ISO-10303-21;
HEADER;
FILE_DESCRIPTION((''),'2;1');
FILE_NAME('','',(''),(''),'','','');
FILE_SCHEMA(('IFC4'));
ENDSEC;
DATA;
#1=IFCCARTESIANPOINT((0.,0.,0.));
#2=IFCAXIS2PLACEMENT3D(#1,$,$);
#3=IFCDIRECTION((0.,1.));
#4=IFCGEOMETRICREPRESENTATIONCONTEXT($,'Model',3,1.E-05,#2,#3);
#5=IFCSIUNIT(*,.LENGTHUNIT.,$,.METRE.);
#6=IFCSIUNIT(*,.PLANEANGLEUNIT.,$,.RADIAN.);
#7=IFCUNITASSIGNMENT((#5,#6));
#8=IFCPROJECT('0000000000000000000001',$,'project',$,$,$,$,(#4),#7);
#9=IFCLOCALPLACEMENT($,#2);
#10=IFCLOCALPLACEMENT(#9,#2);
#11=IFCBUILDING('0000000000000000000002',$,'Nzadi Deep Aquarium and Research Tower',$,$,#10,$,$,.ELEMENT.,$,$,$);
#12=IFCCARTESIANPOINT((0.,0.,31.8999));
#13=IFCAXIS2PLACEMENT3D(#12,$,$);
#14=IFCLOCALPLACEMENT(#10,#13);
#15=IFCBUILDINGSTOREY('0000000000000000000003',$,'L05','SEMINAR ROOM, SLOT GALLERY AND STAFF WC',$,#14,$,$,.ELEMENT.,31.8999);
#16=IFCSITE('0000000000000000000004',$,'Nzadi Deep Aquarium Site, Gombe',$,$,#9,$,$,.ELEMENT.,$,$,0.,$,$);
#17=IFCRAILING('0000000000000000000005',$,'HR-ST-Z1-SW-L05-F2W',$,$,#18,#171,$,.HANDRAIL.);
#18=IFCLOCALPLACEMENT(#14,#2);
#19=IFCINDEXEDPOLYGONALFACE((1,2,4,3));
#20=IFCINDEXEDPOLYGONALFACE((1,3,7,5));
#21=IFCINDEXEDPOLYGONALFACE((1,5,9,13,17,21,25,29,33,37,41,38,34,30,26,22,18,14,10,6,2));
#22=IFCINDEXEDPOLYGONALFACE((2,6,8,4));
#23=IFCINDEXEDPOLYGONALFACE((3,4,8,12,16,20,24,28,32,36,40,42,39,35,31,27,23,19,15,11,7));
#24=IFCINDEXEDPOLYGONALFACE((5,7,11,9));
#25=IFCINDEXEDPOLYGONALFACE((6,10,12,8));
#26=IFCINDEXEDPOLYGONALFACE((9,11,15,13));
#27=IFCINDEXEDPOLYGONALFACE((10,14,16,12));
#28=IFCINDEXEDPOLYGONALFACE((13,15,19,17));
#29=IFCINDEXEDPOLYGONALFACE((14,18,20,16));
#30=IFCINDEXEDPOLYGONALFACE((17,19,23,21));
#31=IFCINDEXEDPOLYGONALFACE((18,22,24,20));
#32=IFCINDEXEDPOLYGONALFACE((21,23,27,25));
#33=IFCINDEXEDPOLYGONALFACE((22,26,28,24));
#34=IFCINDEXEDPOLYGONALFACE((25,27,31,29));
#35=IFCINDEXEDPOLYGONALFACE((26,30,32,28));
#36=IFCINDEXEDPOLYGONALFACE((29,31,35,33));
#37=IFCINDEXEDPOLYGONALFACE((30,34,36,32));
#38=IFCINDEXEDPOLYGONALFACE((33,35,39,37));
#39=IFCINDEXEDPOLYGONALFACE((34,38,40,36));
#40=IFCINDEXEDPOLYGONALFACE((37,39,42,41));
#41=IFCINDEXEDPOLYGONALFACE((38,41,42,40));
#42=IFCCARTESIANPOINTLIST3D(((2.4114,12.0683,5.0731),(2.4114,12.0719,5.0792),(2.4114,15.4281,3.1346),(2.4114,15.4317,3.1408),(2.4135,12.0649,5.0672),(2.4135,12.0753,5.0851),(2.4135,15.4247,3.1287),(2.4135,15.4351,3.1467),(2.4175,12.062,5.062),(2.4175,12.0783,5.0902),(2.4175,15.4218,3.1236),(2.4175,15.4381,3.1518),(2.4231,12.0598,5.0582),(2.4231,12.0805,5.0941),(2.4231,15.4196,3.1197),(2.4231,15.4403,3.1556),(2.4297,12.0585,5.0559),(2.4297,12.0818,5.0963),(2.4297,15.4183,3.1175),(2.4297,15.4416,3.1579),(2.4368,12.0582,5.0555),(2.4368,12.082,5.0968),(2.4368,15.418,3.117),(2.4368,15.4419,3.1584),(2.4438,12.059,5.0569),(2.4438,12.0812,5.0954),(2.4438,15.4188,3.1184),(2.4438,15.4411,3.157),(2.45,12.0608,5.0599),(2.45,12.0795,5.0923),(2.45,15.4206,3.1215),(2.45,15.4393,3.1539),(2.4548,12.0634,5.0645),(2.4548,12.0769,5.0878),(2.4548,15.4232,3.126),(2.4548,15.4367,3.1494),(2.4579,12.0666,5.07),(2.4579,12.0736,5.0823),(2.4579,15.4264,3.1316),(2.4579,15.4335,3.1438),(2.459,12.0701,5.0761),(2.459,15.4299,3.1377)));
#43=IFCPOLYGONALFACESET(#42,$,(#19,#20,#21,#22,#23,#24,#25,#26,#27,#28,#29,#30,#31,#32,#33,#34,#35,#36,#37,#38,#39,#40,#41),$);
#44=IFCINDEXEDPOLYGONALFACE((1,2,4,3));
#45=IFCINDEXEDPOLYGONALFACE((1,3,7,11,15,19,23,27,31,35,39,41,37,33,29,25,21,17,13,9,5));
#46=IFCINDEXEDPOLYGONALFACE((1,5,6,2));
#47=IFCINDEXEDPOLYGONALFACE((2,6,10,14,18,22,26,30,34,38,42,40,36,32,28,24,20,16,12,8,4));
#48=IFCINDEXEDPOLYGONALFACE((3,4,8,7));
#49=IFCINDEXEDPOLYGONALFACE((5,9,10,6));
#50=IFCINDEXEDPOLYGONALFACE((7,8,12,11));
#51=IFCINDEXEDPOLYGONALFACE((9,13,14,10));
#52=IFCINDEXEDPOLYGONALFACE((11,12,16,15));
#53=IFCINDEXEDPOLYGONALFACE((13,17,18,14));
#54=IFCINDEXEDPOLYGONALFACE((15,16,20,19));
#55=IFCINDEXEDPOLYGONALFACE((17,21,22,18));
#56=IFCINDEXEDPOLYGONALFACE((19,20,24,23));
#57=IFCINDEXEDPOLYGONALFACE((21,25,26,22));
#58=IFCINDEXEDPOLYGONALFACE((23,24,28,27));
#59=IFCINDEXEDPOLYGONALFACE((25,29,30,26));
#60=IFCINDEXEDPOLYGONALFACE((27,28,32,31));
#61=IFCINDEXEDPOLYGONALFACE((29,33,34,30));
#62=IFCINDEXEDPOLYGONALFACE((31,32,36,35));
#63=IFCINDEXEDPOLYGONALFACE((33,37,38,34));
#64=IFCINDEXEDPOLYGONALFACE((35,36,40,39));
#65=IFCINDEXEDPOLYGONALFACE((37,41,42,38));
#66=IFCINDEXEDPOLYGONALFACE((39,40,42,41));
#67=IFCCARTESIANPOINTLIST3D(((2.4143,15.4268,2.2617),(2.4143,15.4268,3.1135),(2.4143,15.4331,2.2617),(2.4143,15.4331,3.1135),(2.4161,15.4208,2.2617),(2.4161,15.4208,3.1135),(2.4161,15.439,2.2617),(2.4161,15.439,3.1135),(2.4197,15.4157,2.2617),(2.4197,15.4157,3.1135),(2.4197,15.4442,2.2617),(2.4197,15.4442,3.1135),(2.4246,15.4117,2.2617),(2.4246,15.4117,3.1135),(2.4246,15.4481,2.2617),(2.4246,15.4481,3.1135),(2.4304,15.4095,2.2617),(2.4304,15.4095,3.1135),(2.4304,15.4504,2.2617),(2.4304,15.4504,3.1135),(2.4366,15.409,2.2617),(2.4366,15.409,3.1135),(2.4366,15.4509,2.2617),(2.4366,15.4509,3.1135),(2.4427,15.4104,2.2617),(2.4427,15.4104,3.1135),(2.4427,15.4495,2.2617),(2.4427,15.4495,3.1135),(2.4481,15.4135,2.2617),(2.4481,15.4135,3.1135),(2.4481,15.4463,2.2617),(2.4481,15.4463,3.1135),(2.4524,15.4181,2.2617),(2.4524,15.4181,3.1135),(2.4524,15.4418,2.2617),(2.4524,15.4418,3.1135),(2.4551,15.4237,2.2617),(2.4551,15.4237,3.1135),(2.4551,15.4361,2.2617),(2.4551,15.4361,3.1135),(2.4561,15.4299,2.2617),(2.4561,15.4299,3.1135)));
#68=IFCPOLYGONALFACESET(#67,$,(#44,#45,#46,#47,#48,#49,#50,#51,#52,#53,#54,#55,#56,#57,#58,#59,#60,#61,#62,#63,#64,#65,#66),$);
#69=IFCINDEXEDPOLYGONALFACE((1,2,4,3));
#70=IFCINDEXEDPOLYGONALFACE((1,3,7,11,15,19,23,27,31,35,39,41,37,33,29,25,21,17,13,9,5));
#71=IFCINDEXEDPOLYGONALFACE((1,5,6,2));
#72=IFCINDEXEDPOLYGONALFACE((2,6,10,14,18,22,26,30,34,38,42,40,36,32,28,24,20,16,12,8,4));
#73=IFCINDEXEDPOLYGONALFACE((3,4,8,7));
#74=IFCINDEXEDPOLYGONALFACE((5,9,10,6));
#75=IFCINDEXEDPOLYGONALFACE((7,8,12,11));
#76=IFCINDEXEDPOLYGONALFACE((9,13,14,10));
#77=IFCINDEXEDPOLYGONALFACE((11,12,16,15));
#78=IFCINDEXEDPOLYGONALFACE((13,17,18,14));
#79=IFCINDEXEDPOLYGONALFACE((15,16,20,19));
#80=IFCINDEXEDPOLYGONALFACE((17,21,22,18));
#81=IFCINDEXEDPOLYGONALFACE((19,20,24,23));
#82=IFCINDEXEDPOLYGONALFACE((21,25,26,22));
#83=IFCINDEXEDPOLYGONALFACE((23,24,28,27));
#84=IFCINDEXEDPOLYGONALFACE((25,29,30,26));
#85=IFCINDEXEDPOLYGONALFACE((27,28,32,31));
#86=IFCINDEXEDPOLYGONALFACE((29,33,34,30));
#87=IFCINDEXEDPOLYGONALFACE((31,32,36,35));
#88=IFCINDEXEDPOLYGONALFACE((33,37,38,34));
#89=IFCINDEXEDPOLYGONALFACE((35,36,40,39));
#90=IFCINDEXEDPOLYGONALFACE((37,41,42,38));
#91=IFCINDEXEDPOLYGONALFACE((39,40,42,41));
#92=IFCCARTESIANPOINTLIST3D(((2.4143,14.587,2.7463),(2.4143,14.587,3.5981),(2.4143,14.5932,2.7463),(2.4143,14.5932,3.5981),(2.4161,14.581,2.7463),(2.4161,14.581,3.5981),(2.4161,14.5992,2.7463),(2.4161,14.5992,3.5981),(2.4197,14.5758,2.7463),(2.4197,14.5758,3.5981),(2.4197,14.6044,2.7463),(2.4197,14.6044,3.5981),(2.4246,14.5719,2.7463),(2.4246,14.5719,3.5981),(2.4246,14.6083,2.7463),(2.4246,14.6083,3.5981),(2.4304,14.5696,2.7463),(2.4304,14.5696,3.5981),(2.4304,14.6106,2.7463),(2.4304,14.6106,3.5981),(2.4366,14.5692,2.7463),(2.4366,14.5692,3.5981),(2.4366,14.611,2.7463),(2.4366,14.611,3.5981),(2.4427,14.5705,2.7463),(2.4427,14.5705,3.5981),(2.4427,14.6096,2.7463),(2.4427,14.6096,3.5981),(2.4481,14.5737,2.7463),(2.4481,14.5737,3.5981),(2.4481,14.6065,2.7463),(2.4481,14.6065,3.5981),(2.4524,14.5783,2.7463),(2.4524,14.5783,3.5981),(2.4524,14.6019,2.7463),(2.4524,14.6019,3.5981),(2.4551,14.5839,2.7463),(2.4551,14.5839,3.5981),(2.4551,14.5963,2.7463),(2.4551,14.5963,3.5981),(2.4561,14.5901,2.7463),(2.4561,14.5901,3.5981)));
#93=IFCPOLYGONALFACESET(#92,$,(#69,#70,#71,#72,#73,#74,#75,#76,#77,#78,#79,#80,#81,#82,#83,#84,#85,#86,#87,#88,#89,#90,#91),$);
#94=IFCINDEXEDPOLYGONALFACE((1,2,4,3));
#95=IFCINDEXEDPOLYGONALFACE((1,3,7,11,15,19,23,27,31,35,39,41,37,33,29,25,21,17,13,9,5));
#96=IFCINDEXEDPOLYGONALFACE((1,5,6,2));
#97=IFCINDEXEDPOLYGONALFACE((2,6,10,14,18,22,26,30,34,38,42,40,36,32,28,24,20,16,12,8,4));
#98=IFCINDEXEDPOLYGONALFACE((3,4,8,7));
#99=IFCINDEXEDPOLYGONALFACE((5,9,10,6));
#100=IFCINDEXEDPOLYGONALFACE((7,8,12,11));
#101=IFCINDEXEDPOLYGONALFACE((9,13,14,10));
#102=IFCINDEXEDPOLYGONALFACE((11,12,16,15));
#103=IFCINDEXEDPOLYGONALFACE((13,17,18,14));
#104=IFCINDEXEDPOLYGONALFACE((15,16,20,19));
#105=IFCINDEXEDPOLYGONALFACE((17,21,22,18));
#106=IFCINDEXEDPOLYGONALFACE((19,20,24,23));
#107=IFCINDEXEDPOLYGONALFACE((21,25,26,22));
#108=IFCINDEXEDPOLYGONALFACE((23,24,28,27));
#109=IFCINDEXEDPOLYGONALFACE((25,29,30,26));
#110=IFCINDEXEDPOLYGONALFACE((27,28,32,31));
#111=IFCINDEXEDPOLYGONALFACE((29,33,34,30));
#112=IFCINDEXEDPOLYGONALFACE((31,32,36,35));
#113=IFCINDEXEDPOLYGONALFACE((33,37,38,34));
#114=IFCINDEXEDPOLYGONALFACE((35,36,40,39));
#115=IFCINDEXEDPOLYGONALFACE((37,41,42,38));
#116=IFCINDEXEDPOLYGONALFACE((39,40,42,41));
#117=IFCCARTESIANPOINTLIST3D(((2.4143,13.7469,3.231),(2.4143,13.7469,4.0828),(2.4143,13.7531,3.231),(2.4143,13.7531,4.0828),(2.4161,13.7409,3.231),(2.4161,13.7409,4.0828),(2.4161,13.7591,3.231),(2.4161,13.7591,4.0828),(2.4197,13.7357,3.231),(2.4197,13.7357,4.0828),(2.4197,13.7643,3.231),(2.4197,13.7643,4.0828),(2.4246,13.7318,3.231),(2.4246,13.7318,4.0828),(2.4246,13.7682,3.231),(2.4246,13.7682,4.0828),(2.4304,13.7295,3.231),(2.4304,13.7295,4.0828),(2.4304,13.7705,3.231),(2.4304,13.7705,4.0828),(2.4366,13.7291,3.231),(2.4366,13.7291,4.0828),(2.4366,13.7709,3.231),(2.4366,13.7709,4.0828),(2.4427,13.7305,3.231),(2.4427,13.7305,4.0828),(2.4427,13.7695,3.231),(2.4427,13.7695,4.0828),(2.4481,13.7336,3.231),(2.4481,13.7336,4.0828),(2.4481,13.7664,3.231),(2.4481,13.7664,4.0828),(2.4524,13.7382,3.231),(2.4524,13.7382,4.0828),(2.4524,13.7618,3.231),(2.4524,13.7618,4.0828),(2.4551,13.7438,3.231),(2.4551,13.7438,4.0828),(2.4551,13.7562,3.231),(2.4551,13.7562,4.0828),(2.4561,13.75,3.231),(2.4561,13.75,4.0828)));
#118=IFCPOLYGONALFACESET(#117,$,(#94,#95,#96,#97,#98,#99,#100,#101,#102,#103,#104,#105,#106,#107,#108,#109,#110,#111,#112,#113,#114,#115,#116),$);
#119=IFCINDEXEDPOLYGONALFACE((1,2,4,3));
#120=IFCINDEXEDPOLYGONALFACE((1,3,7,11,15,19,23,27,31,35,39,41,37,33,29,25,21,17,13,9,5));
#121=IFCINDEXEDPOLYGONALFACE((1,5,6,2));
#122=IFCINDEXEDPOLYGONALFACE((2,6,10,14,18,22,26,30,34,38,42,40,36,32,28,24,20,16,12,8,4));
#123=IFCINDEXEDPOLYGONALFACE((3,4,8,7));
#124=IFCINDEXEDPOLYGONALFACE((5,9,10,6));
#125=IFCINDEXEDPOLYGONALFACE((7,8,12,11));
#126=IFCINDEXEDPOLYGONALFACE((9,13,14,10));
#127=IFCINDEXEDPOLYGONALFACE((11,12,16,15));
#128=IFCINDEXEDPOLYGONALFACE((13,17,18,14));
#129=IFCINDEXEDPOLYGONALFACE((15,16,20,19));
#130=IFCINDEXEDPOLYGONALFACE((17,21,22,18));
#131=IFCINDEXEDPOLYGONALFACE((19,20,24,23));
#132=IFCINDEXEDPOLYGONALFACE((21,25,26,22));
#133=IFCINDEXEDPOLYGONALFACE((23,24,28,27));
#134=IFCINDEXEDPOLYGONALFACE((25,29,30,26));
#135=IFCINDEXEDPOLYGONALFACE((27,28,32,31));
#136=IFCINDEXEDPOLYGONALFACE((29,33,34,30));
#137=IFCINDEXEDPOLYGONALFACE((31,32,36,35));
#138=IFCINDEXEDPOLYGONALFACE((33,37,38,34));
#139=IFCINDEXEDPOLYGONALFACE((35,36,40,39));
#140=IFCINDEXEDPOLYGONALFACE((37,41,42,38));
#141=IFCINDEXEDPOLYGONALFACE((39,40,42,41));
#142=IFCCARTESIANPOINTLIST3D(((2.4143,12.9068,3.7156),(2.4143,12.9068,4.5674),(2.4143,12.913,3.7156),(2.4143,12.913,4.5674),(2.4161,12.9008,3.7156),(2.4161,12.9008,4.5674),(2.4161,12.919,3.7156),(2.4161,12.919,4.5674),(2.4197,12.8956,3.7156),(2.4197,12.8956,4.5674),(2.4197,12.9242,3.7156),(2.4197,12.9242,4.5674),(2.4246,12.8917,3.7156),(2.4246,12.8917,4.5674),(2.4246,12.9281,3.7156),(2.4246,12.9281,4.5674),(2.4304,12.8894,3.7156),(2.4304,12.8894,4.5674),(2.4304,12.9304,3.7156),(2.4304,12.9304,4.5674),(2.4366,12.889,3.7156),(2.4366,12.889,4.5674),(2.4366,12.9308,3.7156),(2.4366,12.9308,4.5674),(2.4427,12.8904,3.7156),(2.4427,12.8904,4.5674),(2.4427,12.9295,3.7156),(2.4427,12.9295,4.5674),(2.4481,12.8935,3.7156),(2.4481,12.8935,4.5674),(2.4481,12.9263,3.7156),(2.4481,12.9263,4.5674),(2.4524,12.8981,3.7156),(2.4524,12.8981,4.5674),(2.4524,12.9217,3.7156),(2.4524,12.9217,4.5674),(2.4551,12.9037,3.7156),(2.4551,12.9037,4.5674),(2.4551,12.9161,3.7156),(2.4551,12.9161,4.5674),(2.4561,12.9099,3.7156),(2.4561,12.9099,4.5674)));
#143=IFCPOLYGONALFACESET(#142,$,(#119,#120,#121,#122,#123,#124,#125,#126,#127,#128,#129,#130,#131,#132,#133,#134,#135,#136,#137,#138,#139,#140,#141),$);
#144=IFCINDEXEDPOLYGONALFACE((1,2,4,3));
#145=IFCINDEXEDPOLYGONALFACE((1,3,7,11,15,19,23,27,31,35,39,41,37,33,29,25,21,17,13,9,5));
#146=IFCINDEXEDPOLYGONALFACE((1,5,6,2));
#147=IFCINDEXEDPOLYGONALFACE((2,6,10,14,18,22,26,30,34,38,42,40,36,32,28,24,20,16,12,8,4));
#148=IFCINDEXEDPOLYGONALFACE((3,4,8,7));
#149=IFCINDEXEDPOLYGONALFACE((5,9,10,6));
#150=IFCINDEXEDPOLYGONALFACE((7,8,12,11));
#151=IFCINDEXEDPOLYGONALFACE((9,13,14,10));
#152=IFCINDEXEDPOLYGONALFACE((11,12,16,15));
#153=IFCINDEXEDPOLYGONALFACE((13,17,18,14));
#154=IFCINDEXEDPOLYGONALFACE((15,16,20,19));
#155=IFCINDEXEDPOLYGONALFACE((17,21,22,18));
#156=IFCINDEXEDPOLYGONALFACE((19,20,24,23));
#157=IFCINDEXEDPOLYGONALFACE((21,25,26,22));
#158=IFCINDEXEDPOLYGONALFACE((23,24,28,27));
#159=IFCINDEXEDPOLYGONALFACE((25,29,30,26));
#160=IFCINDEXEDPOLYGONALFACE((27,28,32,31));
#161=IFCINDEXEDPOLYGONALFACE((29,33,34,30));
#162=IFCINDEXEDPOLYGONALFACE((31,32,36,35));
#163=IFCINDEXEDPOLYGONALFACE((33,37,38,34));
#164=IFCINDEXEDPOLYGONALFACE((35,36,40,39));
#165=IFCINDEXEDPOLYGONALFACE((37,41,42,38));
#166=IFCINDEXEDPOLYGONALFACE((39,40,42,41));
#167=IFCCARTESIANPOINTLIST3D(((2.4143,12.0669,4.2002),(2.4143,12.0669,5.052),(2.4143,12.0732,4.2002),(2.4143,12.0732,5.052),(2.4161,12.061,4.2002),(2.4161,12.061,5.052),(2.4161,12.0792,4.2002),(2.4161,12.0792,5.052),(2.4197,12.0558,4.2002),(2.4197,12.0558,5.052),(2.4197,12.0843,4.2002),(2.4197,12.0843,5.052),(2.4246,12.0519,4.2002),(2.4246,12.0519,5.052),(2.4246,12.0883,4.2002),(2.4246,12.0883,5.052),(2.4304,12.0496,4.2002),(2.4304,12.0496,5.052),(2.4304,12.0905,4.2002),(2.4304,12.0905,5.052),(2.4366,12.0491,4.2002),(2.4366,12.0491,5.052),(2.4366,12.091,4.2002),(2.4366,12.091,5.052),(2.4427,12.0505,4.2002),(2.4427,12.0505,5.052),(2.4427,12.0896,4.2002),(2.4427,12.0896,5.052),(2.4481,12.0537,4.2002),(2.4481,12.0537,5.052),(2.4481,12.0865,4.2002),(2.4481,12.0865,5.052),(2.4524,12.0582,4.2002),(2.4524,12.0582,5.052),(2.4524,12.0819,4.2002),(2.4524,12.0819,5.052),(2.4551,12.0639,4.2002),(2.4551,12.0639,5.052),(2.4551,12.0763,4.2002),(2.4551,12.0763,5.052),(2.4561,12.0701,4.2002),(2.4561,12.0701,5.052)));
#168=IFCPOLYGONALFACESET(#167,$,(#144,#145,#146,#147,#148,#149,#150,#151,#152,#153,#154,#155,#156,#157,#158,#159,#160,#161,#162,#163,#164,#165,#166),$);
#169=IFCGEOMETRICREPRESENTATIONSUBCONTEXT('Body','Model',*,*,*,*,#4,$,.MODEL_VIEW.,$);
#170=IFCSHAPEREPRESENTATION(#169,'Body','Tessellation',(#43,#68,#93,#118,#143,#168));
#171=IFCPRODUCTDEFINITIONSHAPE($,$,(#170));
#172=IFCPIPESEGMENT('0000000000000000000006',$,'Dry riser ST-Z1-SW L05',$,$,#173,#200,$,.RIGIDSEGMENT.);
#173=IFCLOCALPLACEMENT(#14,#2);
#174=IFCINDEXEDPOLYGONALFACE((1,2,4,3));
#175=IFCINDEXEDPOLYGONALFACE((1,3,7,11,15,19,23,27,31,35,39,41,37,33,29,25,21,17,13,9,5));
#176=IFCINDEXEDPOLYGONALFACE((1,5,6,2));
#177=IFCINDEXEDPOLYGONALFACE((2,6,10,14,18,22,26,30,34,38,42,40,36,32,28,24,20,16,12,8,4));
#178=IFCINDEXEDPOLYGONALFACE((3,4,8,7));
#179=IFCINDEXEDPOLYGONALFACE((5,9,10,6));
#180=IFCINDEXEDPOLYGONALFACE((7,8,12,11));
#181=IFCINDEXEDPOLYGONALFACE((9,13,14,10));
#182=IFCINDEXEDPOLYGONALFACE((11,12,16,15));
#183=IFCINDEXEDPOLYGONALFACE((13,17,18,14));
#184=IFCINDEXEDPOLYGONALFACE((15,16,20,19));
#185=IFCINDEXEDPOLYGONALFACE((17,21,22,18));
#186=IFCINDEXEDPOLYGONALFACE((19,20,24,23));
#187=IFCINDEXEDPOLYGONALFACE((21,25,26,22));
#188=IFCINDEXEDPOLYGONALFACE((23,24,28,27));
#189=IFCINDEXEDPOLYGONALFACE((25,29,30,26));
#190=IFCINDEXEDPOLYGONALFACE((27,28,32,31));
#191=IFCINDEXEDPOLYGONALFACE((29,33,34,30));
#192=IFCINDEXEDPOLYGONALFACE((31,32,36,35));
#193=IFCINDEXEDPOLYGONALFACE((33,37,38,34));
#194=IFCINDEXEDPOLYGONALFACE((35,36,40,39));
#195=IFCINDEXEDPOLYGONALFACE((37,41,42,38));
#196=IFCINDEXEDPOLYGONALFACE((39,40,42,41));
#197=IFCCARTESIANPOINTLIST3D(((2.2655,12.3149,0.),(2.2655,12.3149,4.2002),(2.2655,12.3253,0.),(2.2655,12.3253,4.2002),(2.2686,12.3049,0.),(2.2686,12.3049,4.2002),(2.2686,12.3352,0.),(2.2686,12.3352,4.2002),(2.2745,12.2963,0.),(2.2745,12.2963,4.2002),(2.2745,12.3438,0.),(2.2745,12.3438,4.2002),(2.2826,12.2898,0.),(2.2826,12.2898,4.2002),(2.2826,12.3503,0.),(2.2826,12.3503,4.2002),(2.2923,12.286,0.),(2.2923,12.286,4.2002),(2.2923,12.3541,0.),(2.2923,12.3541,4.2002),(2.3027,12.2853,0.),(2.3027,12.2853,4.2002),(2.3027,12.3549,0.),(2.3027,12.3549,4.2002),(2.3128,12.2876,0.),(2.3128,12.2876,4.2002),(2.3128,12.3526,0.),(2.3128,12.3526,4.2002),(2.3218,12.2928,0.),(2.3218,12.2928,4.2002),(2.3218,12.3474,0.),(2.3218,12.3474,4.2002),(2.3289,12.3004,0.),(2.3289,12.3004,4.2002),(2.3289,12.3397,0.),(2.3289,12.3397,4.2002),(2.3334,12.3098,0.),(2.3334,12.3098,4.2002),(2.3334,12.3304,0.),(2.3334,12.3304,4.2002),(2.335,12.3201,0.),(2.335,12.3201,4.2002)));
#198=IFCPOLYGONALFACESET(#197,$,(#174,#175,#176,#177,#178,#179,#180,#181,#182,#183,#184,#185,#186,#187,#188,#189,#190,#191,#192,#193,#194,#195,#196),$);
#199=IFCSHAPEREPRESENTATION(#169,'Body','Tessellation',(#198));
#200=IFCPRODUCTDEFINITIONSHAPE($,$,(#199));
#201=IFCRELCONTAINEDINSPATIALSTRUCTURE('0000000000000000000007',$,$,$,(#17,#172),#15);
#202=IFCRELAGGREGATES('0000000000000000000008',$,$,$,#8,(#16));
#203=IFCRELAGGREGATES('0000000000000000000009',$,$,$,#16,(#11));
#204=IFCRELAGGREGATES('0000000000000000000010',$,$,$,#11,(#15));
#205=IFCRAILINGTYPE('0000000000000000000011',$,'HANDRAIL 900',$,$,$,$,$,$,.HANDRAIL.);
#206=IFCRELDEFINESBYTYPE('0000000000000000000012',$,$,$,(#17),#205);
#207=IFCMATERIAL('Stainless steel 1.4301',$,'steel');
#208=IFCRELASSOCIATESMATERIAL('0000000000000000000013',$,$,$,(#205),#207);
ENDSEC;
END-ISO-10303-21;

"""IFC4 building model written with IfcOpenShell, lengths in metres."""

from ifc_helpers import new_model, si_unit, direction, frame, origin, origin_2d, place, context, subcontext, project, spatial, circle, extrude, material, type_object, element, save


model = new_model("IFC4")

# Units and contexts
model_context = context("Model", 3, precision=1e-05, world=origin(), true_north=direction((0.0, 1.0)))
body_context = subcontext(model_context, "Body", "Model", "MODEL_VIEW")
ifc_project = project(units=[si_unit("LENGTHUNIT", "METRE"), si_unit("PLANEANGLEUNIT", "RADIAN")], contexts=[model_context])

# Site, building, storey
site_placement = place(None, origin())
site = spatial("IfcSite", under=ifc_project, at=site_placement, Name="Nzadi Deep Aquarium Site, Gombe", CompositionType="ELEMENT", RefElevation=0.0)
building_placement = place(site_placement, origin())
building = spatial("IfcBuilding", under=site, at=building_placement, Name="Nzadi Deep Aquarium and Research Tower", CompositionType="ELEMENT")
storey_placement = place(building_placement, frame((0.0, 0.0, 31.8999)))
storey = spatial("IfcBuildingStorey", under=building, at=storey_placement, Name="L05", Description="SEMINAR ROOM, SLOT GALLERY AND STAFF WC", CompositionType="ELEMENT", Elevation=31.8999)

# Railing
ifc_material_1 = material(Name="Stainless steel 1.4301", Category="steel")
railing_type = type_object("IfcRailingType", Name="HANDRAIL 900", PredefinedType="HANDRAIL", material=ifc_material_1)
for number, where, name in (
    (1, (2.4351, 15.4299, 2.2617), "HR-ST-Z1-SW-L05-F2W"),
):
    element("IfcRailing", number, at=place(storey_placement, frame(where)), inside=storey, type_object=railing_type, Name=name, PredefinedType="HANDRAIL", context=body_context, shape_type="SweptSolid", body=[
        extrude(circle(Radius=0.0239, at=origin_2d()), frame((0.0, 0.0, 0.876), z_axis=(0.0, -0.866175, 0.499741), x_axis=(1.0, 0.0, 0.0)), (0.0, 0.0, 1.0), 3.8789),
        extrude(circle(Radius=0.021, at=origin_2d()), origin(), (0.0, 0.0, 1.0), 0.8518),
        extrude(circle(Radius=0.021, at=origin_2d()), frame((0.0, -0.8398, 0.4846)), (0.0, 0.0, 1.0), 0.8518),
        extrude(circle(Radius=0.021, at=origin_2d()), frame((0.0, -1.6799, 0.9692)), (0.0, 0.0, 1.0), 0.8518),
        extrude(circle(Radius=0.021, at=origin_2d()), frame((0.0, -2.52, 1.4539)), (0.0, 0.0, 1.0), 0.8518),
        extrude(circle(Radius=0.021, at=origin_2d()), frame((0.0, -3.3599, 1.9385)), (0.0, 0.0, 1.0), 0.8518),
    ])

# Pipe segment
pipe_segment_placement = place(storey_placement, frame((2.3, 12.3201, 0.0), z_axis=(0.0, 0.0, 1.0), x_axis=(1.0, 0.0, 0.0)))
element("IfcPipeSegment", 2, at=pipe_segment_placement, inside=storey, Name="Dry riser ST-Z1-SW L05", PredefinedType="RIGIDSEGMENT", context=body_context, shape_type="SweptSolid", body=[
    extrude(circle(Radius=0.0349, at=origin_2d()), origin(), (0.0, 0.0, 1.0), 4.2002),
])

save(model, "model.ifc")
